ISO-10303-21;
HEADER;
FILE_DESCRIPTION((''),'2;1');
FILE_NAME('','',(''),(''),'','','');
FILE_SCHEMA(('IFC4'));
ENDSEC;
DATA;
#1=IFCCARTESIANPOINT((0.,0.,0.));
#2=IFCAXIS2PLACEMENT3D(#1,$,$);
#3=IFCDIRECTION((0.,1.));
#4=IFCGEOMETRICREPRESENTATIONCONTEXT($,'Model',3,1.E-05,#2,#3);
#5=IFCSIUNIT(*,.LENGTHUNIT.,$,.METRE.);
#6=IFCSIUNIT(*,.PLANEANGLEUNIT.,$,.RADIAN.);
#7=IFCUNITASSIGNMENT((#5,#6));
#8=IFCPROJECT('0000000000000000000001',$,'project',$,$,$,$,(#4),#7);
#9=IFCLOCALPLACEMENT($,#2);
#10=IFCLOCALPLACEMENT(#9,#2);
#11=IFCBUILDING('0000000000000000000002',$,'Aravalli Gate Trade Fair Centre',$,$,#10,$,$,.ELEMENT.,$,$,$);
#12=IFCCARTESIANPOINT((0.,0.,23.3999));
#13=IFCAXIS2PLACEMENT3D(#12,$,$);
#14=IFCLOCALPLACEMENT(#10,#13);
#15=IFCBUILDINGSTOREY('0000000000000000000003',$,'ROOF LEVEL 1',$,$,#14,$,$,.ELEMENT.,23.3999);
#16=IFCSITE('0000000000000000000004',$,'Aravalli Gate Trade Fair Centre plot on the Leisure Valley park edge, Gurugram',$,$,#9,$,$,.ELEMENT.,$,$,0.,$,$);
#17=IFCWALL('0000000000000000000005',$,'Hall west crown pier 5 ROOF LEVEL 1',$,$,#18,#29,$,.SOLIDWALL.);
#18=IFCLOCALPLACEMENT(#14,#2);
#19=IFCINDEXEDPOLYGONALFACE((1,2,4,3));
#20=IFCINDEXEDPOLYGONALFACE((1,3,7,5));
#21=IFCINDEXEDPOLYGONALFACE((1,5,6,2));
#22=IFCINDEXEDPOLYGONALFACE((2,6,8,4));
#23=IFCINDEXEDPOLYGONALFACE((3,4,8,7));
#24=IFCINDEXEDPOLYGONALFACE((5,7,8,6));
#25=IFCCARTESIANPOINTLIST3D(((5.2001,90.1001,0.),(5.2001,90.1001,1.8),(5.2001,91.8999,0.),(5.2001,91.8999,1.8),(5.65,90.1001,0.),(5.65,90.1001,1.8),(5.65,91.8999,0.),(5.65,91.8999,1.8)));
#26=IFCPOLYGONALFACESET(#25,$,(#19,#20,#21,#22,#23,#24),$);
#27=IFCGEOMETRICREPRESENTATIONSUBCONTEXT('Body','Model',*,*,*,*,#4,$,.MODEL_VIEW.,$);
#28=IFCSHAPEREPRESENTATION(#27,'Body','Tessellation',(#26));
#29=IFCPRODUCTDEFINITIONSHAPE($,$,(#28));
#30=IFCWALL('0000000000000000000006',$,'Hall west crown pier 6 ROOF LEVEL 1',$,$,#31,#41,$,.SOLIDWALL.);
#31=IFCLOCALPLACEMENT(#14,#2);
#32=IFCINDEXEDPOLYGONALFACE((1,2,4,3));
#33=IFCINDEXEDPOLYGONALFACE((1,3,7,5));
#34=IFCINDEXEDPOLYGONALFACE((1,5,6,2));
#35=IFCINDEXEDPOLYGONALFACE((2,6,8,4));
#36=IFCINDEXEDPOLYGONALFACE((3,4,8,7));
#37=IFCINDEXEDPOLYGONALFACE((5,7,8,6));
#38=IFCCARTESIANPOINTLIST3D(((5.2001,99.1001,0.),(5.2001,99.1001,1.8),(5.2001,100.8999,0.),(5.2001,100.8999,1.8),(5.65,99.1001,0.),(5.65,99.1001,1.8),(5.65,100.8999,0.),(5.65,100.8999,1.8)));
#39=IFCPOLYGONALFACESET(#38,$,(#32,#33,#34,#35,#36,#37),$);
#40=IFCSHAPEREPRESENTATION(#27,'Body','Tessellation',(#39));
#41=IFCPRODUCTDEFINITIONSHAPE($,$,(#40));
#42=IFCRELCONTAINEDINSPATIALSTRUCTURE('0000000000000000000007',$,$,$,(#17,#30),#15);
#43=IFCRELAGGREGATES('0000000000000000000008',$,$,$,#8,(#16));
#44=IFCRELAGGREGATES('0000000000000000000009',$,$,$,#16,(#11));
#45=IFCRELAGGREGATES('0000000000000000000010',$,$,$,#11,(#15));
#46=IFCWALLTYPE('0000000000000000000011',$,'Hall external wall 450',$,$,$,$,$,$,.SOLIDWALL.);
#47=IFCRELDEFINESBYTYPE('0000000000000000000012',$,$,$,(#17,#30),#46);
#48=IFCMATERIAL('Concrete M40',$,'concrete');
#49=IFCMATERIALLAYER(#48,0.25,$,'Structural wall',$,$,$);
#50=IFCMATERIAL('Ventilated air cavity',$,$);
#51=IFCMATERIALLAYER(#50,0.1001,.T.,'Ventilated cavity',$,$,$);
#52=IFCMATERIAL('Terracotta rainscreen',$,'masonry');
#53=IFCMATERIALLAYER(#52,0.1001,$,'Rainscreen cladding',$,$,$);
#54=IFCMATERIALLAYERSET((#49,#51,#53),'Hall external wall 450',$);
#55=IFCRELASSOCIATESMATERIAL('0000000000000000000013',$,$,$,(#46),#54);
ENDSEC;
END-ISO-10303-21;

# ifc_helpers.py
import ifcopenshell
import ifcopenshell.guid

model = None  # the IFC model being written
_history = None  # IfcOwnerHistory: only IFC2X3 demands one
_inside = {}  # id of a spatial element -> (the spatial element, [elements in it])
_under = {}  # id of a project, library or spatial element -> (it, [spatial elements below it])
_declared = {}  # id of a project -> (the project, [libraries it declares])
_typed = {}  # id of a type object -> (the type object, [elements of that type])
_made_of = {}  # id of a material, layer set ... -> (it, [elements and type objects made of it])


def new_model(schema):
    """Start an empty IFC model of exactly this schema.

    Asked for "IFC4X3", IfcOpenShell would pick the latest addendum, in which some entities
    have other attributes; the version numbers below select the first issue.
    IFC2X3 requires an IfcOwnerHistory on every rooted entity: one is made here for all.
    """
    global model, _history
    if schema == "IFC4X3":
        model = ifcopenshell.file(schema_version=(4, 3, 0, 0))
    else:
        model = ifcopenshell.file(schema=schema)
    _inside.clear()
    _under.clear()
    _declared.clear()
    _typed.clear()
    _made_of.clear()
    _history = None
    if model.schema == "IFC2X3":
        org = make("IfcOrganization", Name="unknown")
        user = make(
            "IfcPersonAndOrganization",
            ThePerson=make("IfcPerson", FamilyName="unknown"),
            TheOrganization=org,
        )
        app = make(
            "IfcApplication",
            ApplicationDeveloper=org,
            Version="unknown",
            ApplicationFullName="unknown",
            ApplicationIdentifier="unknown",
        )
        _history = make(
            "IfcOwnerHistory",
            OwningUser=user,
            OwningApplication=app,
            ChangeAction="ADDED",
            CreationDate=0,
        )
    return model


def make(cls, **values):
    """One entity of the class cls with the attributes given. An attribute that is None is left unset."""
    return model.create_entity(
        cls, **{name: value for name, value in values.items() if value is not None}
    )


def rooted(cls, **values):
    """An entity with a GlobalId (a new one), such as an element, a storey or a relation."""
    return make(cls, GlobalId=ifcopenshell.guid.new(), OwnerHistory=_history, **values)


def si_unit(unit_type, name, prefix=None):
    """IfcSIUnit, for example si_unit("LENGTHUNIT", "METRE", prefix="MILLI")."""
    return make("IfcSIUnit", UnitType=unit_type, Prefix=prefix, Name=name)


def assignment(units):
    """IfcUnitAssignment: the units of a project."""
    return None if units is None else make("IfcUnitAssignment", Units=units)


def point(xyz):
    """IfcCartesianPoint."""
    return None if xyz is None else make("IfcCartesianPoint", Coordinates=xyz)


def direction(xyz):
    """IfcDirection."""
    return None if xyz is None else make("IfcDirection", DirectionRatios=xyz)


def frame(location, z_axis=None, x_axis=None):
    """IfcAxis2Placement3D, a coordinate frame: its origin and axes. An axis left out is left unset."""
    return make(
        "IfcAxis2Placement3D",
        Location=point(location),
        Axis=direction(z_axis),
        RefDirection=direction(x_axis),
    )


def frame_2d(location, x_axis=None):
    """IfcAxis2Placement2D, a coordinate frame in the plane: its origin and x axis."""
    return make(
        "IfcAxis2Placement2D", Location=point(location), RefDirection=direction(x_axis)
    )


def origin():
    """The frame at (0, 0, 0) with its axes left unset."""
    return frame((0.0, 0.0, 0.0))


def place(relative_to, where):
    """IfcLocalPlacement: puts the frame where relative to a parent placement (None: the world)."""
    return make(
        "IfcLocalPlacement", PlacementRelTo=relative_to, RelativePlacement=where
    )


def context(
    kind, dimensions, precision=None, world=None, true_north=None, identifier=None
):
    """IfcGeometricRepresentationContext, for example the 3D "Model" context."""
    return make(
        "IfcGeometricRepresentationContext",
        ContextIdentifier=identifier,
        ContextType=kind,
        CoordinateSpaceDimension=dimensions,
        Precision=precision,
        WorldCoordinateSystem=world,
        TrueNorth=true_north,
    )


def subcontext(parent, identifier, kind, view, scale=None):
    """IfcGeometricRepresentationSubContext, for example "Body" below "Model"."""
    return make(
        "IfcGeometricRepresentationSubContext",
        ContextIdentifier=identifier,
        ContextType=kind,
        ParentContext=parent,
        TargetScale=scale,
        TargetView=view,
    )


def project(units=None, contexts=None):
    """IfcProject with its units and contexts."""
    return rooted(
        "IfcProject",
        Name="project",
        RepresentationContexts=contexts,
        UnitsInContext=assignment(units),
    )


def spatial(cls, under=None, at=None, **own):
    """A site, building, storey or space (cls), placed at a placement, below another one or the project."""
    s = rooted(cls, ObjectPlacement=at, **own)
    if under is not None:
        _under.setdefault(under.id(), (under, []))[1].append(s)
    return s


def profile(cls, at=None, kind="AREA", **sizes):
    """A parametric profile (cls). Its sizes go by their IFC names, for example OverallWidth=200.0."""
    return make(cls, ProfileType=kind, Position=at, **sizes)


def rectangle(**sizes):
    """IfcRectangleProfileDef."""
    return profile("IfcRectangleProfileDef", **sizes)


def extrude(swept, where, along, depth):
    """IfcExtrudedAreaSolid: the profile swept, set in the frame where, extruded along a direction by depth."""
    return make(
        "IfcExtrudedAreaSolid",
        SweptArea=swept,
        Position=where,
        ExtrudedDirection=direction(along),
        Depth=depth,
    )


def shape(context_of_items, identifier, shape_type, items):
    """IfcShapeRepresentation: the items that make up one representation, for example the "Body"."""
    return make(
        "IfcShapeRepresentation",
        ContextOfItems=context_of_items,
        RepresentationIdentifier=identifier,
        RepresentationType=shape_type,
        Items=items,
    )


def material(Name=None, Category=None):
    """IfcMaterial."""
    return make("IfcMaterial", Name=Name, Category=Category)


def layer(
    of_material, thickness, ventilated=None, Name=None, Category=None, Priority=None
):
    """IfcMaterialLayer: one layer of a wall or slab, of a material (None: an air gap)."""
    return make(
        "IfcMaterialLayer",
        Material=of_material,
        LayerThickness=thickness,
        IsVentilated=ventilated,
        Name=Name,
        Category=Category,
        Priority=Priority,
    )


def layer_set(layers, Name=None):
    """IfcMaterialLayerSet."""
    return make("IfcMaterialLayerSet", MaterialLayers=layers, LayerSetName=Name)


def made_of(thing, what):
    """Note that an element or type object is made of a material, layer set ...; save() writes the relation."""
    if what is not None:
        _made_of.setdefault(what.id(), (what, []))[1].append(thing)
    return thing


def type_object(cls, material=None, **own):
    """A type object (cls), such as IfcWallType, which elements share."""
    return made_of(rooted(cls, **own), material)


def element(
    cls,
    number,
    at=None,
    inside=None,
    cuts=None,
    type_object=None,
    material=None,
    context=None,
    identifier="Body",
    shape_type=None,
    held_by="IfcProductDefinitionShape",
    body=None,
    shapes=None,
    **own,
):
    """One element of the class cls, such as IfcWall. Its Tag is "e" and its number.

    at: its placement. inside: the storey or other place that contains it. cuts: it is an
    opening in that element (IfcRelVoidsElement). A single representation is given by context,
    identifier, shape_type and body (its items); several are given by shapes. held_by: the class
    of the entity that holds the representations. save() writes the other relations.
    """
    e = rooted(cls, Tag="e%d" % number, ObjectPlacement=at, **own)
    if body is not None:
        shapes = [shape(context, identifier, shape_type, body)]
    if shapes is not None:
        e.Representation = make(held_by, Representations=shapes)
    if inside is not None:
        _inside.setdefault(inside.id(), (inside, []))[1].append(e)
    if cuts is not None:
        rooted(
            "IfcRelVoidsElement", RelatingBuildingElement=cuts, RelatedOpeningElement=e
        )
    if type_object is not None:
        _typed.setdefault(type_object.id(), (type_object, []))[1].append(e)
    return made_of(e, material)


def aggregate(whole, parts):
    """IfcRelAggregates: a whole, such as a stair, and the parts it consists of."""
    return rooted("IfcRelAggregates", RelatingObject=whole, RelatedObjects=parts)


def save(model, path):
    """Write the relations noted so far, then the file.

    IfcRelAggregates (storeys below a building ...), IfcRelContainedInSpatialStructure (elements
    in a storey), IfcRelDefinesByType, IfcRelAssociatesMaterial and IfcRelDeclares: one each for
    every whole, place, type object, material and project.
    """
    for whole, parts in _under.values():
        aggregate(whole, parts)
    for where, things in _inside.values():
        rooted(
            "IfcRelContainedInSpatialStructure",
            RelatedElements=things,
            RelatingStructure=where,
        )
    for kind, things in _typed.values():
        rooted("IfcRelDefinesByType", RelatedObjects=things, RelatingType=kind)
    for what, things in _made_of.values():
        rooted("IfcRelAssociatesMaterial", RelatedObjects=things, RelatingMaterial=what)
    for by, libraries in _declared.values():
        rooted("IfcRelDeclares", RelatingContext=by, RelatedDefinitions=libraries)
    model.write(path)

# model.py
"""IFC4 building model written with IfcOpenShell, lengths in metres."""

from ifc_helpers import new_model, si_unit, direction, frame, frame_2d, origin, place, context, subcontext, project, spatial, rectangle, extrude, material, layer, layer_set, type_object, element, save


model = new_model("IFC4")

# Units and contexts
model_context = context("Model", 3, precision=1e-05, world=origin(), true_north=direction((0.0, 1.0)))
body_context = subcontext(model_context, "Body", "Model", "MODEL_VIEW")
ifc_project = project(units=[si_unit("LENGTHUNIT", "METRE"), si_unit("PLANEANGLEUNIT", "RADIAN")], contexts=[model_context])

# Site, building, storey
site_placement = place(None, origin())
site = spatial("IfcSite", under=ifc_project, at=site_placement, Name="Aravalli Gate Trade Fair Centre plot on the Leisure Valley park edge, Gurugram", CompositionType="ELEMENT", RefElevation=0.0)
building_placement = place(site_placement, origin())
building = spatial("IfcBuilding", under=site, at=building_placement, Name="Aravalli Gate Trade Fair Centre", CompositionType="ELEMENT")
storey_placement = place(building_placement, frame((0.0, 0.0, 23.3999)))
storey = spatial("IfcBuildingStorey", under=building, at=storey_placement, Name="ROOF LEVEL 1", CompositionType="ELEMENT", Elevation=23.3999)

# Walls
ifc_material_1 = material(Name="Concrete M40", Category="concrete")
ifc_layer_1 = layer(ifc_material_1, 0.25, Name="Structural wall")
ifc_material_2 = material(Name="Ventilated air cavity")
ifc_layer_2 = layer(ifc_material_2, 0.1001, ventilated=True, Name="Ventilated cavity")
ifc_material_3 = material(Name="Terracotta rainscreen", Category="masonry")
ifc_layer_3 = layer(ifc_material_3, 0.1001, Name="Rainscreen cladding")
ifc_layer_set_1 = layer_set([ifc_layer_1, ifc_layer_2, ifc_layer_3], Name="Hall external wall 450")
wall_type = type_object("IfcWallType", Name="Hall external wall 450", PredefinedType="SOLIDWALL", material=ifc_layer_set_1)
for number, where, z_axis, x_axis, name in (
    (1, (5.425, 90.1001, 0.0), (0.0, 0.0, 1.0), (0.0, 1.0, 0.0), "Hall west crown pier 5 ROOF LEVEL 1"),
    (2, (5.425, 99.1001, 0.0), (0.0, 0.0, 1.0), (0.0, 1.0, 0.0), "Hall west crown pier 6 ROOF LEVEL 1"),
):
    element("IfcWall", number, at=place(storey_placement, frame(where, z_axis=z_axis, x_axis=x_axis)), inside=storey, type_object=wall_type, Name=name, PredefinedType="SOLIDWALL", context=body_context, shape_type="SweptSolid", body=[
        extrude(rectangle(XDim=1.7998, YDim=0.45, at=frame_2d((0.8999, 0.0))), origin(), (0.0, 0.0, 1.0), 1.8),
    ])

save(model, "model.ifc")
